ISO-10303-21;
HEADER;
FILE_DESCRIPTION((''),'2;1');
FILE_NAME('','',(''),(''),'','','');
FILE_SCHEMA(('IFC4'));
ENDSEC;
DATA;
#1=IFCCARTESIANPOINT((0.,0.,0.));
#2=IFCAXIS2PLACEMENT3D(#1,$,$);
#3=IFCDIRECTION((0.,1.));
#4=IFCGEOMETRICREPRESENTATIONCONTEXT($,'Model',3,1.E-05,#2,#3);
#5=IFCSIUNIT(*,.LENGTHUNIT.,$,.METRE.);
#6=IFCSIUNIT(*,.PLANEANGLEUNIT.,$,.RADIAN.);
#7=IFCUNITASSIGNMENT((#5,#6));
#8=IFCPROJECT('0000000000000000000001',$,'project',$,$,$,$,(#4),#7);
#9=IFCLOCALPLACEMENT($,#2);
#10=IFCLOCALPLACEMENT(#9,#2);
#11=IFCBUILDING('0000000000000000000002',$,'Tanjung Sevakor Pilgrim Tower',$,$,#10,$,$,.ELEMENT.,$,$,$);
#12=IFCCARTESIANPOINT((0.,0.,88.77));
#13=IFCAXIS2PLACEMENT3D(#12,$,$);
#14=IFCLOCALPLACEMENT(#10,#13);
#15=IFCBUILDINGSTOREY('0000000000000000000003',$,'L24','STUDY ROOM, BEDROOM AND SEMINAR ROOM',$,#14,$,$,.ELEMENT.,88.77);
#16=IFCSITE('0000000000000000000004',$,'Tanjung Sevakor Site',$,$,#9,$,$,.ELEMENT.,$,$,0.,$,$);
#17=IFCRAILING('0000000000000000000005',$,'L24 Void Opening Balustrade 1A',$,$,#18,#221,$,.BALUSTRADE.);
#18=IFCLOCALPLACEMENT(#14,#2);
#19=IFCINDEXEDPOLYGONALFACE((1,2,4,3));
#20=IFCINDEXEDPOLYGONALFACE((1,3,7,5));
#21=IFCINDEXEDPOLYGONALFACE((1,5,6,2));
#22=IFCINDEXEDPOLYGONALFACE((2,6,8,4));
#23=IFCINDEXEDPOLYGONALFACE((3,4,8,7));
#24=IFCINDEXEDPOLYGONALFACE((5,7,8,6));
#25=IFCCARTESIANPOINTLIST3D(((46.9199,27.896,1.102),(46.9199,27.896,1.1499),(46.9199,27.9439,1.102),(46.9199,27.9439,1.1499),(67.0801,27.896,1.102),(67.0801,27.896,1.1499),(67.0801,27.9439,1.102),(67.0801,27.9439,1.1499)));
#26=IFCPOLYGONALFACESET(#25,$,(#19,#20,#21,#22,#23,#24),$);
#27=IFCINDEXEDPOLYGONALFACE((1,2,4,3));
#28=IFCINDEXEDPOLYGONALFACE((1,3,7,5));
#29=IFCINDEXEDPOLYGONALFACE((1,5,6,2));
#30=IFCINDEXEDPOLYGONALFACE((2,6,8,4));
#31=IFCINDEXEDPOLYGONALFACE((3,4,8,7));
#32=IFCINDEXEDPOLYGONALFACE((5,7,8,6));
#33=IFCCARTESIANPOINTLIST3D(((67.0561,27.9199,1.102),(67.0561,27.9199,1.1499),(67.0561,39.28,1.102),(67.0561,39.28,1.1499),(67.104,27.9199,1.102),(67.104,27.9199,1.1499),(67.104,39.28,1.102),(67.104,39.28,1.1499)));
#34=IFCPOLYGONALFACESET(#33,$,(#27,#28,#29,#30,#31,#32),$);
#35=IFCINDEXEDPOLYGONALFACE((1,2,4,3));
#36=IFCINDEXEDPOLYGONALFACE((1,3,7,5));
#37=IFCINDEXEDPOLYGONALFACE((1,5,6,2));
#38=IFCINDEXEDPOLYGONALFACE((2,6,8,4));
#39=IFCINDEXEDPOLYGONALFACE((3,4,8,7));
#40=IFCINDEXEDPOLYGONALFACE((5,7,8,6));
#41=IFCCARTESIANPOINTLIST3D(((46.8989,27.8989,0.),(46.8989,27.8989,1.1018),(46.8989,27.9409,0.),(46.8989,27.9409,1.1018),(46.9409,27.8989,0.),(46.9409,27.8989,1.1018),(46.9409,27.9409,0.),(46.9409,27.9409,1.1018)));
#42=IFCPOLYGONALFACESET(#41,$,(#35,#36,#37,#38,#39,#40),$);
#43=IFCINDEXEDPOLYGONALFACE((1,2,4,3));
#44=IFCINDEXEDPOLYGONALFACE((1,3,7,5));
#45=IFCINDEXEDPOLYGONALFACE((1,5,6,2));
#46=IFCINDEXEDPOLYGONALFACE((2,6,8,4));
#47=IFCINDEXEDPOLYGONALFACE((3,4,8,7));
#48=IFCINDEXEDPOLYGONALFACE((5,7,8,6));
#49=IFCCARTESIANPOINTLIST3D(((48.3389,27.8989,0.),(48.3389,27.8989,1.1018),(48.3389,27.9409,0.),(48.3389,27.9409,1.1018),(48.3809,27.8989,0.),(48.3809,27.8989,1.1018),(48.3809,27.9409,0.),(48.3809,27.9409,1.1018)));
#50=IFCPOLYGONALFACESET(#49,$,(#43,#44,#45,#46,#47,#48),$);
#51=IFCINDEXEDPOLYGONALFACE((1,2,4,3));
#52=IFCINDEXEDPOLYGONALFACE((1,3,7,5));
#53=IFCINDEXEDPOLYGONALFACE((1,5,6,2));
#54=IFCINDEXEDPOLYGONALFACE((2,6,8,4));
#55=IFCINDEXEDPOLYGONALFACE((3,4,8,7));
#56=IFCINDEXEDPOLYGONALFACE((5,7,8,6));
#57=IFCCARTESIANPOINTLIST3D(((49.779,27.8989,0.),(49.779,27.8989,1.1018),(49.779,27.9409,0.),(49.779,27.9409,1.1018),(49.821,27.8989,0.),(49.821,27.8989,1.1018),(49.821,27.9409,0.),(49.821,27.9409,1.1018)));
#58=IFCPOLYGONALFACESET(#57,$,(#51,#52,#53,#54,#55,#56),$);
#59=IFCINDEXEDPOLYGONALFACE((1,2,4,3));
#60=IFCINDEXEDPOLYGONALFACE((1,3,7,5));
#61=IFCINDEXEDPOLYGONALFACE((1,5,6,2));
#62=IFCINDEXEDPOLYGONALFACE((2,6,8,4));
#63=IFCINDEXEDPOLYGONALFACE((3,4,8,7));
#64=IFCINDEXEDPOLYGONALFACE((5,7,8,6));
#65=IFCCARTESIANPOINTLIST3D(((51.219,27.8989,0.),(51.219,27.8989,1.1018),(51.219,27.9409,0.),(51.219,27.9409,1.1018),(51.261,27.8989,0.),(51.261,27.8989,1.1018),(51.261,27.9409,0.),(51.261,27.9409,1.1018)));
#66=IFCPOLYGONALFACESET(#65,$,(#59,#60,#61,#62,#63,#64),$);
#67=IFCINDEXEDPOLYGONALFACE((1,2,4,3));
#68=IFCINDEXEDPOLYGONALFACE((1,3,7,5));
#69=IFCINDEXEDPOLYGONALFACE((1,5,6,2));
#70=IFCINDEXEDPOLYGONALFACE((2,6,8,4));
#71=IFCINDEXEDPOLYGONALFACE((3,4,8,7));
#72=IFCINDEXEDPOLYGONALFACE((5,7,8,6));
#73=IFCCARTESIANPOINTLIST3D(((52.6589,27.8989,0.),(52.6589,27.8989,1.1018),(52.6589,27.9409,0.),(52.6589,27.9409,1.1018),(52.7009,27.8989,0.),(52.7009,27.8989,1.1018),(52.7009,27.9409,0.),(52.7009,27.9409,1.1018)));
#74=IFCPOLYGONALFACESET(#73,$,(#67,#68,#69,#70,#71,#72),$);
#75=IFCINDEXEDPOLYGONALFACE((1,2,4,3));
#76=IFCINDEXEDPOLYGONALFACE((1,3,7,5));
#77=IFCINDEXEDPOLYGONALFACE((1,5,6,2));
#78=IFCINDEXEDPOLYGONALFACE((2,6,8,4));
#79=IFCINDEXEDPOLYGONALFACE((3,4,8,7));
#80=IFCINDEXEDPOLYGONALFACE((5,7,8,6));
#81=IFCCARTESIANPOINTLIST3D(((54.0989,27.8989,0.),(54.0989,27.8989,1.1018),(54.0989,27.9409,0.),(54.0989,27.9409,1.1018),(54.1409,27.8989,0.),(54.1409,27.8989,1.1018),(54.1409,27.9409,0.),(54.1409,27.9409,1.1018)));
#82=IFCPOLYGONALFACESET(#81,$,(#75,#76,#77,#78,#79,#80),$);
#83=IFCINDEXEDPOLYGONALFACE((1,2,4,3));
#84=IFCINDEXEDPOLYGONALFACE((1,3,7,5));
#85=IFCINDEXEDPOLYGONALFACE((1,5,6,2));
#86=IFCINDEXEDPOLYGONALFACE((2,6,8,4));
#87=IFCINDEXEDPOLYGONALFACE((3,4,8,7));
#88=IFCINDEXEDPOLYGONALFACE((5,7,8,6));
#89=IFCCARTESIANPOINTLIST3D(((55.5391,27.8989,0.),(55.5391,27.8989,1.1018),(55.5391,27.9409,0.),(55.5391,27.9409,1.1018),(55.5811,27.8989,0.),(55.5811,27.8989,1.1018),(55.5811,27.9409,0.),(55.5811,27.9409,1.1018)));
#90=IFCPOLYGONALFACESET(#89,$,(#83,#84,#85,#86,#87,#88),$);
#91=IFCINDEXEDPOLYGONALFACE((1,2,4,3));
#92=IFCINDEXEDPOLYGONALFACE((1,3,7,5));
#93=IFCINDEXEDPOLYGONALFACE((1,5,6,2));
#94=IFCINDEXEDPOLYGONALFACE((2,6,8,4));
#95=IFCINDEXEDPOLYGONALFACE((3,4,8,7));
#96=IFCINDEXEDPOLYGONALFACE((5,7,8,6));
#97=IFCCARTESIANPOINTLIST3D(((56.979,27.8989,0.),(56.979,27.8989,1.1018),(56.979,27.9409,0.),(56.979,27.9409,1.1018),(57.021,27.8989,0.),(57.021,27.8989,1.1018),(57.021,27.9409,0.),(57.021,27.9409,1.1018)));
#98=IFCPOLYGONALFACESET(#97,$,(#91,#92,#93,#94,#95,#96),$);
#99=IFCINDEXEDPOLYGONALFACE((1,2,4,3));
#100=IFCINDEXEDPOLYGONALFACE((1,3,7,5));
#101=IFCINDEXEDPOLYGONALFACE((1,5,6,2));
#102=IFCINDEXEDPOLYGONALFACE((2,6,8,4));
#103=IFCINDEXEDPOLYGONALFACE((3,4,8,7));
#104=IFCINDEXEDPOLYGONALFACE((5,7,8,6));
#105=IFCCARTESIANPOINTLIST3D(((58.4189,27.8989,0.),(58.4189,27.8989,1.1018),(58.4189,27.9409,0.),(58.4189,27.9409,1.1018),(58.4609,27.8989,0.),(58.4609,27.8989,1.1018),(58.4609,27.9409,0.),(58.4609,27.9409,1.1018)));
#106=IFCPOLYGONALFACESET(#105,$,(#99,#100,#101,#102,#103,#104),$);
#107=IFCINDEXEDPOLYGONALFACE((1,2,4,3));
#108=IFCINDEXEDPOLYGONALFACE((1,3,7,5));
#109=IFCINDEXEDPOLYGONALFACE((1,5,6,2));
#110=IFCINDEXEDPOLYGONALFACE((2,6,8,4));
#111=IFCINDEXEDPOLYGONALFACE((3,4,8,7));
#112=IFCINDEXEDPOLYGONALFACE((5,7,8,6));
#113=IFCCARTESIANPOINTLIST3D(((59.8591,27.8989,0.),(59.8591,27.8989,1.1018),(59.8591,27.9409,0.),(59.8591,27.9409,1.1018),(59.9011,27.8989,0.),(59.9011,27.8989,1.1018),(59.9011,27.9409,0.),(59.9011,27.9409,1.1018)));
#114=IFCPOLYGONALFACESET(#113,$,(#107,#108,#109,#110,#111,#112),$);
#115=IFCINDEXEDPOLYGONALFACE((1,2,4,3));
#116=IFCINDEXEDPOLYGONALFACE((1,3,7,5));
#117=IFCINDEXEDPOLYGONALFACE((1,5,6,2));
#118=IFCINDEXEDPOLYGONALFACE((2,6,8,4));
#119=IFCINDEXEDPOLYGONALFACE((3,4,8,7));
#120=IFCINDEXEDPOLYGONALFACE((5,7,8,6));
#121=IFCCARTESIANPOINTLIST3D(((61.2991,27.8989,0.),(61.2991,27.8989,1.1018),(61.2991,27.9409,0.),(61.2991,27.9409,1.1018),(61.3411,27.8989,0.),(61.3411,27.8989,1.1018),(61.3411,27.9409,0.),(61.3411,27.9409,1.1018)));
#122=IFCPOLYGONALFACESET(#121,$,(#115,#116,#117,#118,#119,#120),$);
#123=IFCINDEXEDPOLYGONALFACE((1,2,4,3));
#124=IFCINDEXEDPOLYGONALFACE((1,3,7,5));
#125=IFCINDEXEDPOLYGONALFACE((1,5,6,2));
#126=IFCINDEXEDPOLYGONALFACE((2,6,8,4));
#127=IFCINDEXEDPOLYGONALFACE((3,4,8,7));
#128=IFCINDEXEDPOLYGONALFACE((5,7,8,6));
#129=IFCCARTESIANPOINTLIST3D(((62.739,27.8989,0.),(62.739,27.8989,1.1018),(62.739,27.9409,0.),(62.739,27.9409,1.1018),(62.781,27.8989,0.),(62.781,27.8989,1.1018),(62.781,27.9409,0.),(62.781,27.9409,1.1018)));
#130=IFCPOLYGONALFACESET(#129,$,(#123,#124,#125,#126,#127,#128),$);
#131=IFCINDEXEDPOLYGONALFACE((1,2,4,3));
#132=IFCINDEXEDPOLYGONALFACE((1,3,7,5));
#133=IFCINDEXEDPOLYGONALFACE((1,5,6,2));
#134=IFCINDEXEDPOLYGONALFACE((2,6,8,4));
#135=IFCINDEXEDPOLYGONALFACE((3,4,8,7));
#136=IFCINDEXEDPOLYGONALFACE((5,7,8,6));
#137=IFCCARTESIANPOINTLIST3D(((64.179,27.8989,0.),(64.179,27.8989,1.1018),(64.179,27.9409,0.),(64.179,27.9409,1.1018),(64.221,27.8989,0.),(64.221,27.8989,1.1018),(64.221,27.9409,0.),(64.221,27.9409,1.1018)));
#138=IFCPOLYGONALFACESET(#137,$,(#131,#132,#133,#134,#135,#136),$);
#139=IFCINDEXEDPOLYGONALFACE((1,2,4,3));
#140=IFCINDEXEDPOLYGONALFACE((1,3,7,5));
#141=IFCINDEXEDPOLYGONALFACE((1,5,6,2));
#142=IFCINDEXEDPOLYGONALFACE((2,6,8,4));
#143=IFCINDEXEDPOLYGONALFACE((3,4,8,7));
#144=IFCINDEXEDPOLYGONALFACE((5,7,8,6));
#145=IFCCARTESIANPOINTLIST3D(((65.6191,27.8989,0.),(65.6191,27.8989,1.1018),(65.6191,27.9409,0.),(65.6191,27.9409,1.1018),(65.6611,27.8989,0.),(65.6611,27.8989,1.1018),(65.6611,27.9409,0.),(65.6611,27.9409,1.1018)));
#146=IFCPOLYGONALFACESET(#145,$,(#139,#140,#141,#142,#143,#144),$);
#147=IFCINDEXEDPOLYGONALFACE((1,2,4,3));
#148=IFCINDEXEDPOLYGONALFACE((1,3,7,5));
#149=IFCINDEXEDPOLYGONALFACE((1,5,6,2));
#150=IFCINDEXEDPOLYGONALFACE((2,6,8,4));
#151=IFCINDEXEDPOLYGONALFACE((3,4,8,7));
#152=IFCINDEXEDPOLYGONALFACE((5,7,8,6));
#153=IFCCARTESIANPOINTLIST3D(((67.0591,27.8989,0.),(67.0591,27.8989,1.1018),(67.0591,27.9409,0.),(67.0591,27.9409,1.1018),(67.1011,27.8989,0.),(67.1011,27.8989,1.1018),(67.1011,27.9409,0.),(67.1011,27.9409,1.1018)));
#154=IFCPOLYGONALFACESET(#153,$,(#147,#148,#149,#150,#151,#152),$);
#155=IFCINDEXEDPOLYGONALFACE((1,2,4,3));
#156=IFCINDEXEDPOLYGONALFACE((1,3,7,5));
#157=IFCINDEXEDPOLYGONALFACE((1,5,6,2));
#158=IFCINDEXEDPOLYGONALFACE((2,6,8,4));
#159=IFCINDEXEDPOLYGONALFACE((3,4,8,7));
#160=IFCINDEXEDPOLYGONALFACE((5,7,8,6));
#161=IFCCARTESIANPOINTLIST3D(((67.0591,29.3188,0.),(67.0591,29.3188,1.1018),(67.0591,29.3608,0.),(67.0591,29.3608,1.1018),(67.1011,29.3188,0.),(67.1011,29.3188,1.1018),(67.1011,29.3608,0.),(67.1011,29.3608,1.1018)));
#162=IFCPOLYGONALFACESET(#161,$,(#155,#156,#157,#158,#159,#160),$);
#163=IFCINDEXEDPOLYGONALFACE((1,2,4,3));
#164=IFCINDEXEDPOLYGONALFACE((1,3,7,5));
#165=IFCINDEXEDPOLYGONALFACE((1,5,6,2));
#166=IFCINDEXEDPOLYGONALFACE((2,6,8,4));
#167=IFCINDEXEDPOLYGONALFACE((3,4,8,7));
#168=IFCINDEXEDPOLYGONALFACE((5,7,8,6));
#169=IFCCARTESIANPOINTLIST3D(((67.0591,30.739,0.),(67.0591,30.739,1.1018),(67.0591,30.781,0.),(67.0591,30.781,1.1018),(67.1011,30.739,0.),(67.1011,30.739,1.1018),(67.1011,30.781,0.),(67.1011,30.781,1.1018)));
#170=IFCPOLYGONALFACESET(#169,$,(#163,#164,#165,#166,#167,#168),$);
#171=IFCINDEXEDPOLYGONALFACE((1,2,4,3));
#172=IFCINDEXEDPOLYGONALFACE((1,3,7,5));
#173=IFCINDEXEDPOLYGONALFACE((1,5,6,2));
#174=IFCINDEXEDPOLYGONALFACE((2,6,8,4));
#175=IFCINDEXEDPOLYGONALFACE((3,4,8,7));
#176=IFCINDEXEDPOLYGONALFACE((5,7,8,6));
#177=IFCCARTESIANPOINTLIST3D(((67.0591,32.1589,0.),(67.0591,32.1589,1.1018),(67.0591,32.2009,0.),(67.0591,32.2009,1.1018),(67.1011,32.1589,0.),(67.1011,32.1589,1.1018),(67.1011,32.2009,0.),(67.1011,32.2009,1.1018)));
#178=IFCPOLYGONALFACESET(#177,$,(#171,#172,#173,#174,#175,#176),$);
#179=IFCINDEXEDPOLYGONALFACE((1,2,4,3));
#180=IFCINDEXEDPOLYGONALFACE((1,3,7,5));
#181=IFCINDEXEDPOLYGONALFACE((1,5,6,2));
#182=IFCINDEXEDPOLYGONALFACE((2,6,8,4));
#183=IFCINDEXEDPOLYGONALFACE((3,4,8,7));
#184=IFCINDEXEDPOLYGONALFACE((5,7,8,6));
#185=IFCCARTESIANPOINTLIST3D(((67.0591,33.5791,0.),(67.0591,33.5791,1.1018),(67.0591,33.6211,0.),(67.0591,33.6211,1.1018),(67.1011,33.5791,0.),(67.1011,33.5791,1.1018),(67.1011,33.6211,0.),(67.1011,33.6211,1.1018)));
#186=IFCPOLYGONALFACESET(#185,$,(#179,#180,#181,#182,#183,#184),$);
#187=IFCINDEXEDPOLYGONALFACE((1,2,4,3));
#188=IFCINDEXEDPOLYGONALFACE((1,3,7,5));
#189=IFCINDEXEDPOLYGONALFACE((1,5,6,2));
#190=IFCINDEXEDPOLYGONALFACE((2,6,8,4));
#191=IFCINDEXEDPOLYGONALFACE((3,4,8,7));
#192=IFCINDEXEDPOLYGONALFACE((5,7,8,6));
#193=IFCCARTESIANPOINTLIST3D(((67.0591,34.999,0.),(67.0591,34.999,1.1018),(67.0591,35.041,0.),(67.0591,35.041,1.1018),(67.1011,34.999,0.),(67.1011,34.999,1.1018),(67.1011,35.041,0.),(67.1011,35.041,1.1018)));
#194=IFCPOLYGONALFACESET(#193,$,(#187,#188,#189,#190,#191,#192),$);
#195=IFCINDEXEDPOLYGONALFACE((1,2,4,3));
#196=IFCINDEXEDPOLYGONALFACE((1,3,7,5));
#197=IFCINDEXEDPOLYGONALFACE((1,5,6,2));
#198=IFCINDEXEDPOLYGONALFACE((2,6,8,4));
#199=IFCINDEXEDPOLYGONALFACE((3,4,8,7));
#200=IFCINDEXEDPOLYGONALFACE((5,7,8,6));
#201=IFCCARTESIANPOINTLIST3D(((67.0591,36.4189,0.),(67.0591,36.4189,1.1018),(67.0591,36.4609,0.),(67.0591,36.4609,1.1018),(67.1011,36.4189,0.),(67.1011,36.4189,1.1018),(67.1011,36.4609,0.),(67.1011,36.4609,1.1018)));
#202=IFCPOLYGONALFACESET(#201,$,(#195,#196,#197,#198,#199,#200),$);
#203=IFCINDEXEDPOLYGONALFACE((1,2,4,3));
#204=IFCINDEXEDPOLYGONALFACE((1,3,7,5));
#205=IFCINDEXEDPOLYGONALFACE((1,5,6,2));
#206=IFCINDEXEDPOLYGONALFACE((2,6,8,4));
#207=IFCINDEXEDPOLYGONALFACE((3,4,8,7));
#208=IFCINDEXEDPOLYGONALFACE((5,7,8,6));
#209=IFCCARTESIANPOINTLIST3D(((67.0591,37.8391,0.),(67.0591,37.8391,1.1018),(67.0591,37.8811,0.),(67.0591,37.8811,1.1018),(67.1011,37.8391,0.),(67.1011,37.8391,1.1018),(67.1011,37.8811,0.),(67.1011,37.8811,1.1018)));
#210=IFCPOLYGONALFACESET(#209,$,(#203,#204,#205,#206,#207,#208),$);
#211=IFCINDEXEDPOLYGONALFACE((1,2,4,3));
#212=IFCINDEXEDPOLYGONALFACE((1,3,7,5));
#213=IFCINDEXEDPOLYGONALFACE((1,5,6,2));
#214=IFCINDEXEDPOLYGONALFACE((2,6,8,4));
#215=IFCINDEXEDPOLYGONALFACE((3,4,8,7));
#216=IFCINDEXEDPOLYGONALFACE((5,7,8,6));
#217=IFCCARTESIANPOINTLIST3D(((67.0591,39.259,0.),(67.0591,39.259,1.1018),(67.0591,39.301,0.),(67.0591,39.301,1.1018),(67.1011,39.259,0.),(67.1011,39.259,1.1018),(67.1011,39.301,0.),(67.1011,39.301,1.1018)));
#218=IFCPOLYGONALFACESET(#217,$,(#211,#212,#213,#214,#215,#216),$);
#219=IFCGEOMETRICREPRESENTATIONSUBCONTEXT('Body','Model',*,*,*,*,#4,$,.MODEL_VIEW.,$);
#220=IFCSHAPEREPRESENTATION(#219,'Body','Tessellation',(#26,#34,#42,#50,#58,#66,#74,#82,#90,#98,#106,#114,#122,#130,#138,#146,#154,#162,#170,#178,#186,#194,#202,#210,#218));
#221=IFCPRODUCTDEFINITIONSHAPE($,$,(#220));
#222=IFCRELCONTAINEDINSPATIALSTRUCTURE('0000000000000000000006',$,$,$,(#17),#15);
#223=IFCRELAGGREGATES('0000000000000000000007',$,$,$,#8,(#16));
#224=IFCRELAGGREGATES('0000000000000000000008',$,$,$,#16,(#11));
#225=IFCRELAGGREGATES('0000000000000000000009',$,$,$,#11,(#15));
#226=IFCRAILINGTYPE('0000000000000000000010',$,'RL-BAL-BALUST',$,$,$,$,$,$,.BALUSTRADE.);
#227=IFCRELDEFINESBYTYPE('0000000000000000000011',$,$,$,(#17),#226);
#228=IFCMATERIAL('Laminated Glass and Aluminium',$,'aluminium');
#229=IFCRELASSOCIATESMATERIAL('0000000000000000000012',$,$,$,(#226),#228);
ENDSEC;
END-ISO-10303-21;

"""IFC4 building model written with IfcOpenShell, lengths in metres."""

from ifc_helpers import new_model, si_unit, direction, frame, origin, place, context, subcontext, project, spatial, rectangle, extrude, material, type_object, element, save


model = new_model("IFC4")

# Units and contexts
model_context = context("Model", 3, precision=1e-05, world=origin(), true_north=direction((0.0, 1.0)))
body_context = subcontext(model_context, "Body", "Model", "MODEL_VIEW")
ifc_project = project(units=[si_unit("LENGTHUNIT", "METRE"), si_unit("PLANEANGLEUNIT", "RADIAN")], contexts=[model_context])

# Site, building, storey
site_placement = place(None, origin())
site = spatial("IfcSite", under=ifc_project, at=site_placement, Name="Tanjung Sevakor Site", CompositionType="ELEMENT", RefElevation=0.0)
building_placement = place(site_placement, origin())
building = spatial("IfcBuilding", under=site, at=building_placement, Name="Tanjung Sevakor Pilgrim Tower", CompositionType="ELEMENT")
storey_placement = place(building_placement, frame((0.0, 0.0, 88.77)))
storey = spatial("IfcBuildingStorey", under=building, at=storey_placement, Name="L24", Description="STUDY ROOM, BEDROOM AND SEMINAR ROOM", CompositionType="ELEMENT", Elevation=88.77)

# Railing
ifc_material_1 = material(Name="Laminated Glass and Aluminium", Category="aluminium")
railing_type = type_object("IfcRailingType", Name="RL-BAL-BALUST", PredefinedType="BALUSTRADE", material=ifc_material_1)
railing_placement = place(storey_placement, frame((46.9199, 27.9199, 0.0)))
element("IfcRailing", 1, at=railing_placement, inside=storey, type_object=railing_type, Name="L24 Void Opening Balustrade 1A", PredefinedType="BALUSTRADE", context=body_context, shape_type="SweptSolid", body=[
    extrude(rectangle(XDim=0.0479, YDim=0.0479), frame((0.0, 0.0, 1.126), z_axis=(1.0, 0.0, 0.0), x_axis=(0.0, 1.0, 0.0)), (0.0, 0.0, 1.0), 20.1602),
    extrude(rectangle(XDim=0.0479, YDim=0.0479), frame((20.1602, 0.0, 1.126), z_axis=(0.0, 1.0, 0.0), x_axis=(-1.0, 0.0, 0.0)), (0.0, 0.0, 1.0), 11.3601),
    extrude(rectangle(XDim=0.042, YDim=0.042), origin(), (0.0, 0.0, 1.0), 1.1018),
    extrude(rectangle(XDim=0.042, YDim=0.042), frame((1.4399, 0.0, 0.0)), (0.0, 0.0, 1.0), 1.1018),
    extrude(rectangle(XDim=0.042, YDim=0.042), frame((2.8801, 0.0, 0.0)), (0.0, 0.0, 1.0), 1.1018),
    extrude(rectangle(XDim=0.042, YDim=0.042), frame((4.3201, 0.0, 0.0)), (0.0, 0.0, 1.0), 1.1018),
    extrude(rectangle(XDim=0.042, YDim=0.042), frame((5.76, 0.0, 0.0)), (0.0, 0.0, 1.0), 1.1018),
    extrude(rectangle(XDim=0.042, YDim=0.042), frame((7.2, 0.0, 0.0)), (0.0, 0.0, 1.0), 1.1018),
    extrude(rectangle(XDim=0.042, YDim=0.042), frame((8.6401, 0.0, 0.0)), (0.0, 0.0, 1.0), 1.1018),
    extrude(rectangle(XDim=0.042, YDim=0.042), frame((10.0801, 0.0, 0.0)), (0.0, 0.0, 1.0), 1.1018),
    extrude(rectangle(XDim=0.042, YDim=0.042), frame((11.52, 0.0, 0.0)), (0.0, 0.0, 1.0), 1.1018),
    extrude(rectangle(XDim=0.042, YDim=0.042), frame((12.9602, 0.0, 0.0)), (0.0, 0.0, 1.0), 1.1018),
    extrude(rectangle(XDim=0.042, YDim=0.042), frame((14.4001, 0.0, 0.0)), (0.0, 0.0, 1.0), 1.1018),
    extrude(rectangle(XDim=0.042, YDim=0.042), frame((15.8401, 0.0, 0.0)), (0.0, 0.0, 1.0), 1.1018),
    extrude(rectangle(XDim=0.042, YDim=0.042), frame((17.28, 0.0, 0.0)), (0.0, 0.0, 1.0), 1.1018),
    extrude(rectangle(XDim=0.042, YDim=0.042), frame((18.7202, 0.0, 0.0)), (0.0, 0.0, 1.0), 1.1018),
    extrude(rectangle(XDim=0.042, YDim=0.042), frame((20.1602, 0.0, 0.0)), (0.0, 0.0, 1.0), 1.1018),
    extrude(rectangle(XDim=0.042, YDim=0.042), frame((20.1602, 1.4199, 0.0)), (0.0, 0.0, 1.0), 1.1018),
    extrude(rectangle(XDim=0.042, YDim=0.042), frame((20.1602, 2.8401, 0.0)), (0.0, 0.0, 1.0), 1.1018),
    extrude(rectangle(XDim=0.042, YDim=0.042), frame((20.1602, 4.26, 0.0)), (0.0, 0.0, 1.0), 1.1018),
    extrude(rectangle(XDim=0.042, YDim=0.042), frame((20.1602, 5.6802, 0.0)), (0.0, 0.0, 1.0), 1.1018),
    extrude(rectangle(XDim=0.042, YDim=0.042), frame((20.1602, 7.1001, 0.0)), (0.0, 0.0, 1.0), 1.1018),
    extrude(rectangle(XDim=0.042, YDim=0.042), frame((20.1602, 8.52, 0.0)), (0.0, 0.0, 1.0), 1.1018),
    extrude(rectangle(XDim=0.042, YDim=0.042), frame((20.1602, 9.9402, 0.0)), (0.0, 0.0, 1.0), 1.1018),
    extrude(rectangle(XDim=0.042, YDim=0.042), frame((20.1602, 11.3601, 0.0)), (0.0, 0.0, 1.0), 1.1018),
])

save(model, "model.ifc")
